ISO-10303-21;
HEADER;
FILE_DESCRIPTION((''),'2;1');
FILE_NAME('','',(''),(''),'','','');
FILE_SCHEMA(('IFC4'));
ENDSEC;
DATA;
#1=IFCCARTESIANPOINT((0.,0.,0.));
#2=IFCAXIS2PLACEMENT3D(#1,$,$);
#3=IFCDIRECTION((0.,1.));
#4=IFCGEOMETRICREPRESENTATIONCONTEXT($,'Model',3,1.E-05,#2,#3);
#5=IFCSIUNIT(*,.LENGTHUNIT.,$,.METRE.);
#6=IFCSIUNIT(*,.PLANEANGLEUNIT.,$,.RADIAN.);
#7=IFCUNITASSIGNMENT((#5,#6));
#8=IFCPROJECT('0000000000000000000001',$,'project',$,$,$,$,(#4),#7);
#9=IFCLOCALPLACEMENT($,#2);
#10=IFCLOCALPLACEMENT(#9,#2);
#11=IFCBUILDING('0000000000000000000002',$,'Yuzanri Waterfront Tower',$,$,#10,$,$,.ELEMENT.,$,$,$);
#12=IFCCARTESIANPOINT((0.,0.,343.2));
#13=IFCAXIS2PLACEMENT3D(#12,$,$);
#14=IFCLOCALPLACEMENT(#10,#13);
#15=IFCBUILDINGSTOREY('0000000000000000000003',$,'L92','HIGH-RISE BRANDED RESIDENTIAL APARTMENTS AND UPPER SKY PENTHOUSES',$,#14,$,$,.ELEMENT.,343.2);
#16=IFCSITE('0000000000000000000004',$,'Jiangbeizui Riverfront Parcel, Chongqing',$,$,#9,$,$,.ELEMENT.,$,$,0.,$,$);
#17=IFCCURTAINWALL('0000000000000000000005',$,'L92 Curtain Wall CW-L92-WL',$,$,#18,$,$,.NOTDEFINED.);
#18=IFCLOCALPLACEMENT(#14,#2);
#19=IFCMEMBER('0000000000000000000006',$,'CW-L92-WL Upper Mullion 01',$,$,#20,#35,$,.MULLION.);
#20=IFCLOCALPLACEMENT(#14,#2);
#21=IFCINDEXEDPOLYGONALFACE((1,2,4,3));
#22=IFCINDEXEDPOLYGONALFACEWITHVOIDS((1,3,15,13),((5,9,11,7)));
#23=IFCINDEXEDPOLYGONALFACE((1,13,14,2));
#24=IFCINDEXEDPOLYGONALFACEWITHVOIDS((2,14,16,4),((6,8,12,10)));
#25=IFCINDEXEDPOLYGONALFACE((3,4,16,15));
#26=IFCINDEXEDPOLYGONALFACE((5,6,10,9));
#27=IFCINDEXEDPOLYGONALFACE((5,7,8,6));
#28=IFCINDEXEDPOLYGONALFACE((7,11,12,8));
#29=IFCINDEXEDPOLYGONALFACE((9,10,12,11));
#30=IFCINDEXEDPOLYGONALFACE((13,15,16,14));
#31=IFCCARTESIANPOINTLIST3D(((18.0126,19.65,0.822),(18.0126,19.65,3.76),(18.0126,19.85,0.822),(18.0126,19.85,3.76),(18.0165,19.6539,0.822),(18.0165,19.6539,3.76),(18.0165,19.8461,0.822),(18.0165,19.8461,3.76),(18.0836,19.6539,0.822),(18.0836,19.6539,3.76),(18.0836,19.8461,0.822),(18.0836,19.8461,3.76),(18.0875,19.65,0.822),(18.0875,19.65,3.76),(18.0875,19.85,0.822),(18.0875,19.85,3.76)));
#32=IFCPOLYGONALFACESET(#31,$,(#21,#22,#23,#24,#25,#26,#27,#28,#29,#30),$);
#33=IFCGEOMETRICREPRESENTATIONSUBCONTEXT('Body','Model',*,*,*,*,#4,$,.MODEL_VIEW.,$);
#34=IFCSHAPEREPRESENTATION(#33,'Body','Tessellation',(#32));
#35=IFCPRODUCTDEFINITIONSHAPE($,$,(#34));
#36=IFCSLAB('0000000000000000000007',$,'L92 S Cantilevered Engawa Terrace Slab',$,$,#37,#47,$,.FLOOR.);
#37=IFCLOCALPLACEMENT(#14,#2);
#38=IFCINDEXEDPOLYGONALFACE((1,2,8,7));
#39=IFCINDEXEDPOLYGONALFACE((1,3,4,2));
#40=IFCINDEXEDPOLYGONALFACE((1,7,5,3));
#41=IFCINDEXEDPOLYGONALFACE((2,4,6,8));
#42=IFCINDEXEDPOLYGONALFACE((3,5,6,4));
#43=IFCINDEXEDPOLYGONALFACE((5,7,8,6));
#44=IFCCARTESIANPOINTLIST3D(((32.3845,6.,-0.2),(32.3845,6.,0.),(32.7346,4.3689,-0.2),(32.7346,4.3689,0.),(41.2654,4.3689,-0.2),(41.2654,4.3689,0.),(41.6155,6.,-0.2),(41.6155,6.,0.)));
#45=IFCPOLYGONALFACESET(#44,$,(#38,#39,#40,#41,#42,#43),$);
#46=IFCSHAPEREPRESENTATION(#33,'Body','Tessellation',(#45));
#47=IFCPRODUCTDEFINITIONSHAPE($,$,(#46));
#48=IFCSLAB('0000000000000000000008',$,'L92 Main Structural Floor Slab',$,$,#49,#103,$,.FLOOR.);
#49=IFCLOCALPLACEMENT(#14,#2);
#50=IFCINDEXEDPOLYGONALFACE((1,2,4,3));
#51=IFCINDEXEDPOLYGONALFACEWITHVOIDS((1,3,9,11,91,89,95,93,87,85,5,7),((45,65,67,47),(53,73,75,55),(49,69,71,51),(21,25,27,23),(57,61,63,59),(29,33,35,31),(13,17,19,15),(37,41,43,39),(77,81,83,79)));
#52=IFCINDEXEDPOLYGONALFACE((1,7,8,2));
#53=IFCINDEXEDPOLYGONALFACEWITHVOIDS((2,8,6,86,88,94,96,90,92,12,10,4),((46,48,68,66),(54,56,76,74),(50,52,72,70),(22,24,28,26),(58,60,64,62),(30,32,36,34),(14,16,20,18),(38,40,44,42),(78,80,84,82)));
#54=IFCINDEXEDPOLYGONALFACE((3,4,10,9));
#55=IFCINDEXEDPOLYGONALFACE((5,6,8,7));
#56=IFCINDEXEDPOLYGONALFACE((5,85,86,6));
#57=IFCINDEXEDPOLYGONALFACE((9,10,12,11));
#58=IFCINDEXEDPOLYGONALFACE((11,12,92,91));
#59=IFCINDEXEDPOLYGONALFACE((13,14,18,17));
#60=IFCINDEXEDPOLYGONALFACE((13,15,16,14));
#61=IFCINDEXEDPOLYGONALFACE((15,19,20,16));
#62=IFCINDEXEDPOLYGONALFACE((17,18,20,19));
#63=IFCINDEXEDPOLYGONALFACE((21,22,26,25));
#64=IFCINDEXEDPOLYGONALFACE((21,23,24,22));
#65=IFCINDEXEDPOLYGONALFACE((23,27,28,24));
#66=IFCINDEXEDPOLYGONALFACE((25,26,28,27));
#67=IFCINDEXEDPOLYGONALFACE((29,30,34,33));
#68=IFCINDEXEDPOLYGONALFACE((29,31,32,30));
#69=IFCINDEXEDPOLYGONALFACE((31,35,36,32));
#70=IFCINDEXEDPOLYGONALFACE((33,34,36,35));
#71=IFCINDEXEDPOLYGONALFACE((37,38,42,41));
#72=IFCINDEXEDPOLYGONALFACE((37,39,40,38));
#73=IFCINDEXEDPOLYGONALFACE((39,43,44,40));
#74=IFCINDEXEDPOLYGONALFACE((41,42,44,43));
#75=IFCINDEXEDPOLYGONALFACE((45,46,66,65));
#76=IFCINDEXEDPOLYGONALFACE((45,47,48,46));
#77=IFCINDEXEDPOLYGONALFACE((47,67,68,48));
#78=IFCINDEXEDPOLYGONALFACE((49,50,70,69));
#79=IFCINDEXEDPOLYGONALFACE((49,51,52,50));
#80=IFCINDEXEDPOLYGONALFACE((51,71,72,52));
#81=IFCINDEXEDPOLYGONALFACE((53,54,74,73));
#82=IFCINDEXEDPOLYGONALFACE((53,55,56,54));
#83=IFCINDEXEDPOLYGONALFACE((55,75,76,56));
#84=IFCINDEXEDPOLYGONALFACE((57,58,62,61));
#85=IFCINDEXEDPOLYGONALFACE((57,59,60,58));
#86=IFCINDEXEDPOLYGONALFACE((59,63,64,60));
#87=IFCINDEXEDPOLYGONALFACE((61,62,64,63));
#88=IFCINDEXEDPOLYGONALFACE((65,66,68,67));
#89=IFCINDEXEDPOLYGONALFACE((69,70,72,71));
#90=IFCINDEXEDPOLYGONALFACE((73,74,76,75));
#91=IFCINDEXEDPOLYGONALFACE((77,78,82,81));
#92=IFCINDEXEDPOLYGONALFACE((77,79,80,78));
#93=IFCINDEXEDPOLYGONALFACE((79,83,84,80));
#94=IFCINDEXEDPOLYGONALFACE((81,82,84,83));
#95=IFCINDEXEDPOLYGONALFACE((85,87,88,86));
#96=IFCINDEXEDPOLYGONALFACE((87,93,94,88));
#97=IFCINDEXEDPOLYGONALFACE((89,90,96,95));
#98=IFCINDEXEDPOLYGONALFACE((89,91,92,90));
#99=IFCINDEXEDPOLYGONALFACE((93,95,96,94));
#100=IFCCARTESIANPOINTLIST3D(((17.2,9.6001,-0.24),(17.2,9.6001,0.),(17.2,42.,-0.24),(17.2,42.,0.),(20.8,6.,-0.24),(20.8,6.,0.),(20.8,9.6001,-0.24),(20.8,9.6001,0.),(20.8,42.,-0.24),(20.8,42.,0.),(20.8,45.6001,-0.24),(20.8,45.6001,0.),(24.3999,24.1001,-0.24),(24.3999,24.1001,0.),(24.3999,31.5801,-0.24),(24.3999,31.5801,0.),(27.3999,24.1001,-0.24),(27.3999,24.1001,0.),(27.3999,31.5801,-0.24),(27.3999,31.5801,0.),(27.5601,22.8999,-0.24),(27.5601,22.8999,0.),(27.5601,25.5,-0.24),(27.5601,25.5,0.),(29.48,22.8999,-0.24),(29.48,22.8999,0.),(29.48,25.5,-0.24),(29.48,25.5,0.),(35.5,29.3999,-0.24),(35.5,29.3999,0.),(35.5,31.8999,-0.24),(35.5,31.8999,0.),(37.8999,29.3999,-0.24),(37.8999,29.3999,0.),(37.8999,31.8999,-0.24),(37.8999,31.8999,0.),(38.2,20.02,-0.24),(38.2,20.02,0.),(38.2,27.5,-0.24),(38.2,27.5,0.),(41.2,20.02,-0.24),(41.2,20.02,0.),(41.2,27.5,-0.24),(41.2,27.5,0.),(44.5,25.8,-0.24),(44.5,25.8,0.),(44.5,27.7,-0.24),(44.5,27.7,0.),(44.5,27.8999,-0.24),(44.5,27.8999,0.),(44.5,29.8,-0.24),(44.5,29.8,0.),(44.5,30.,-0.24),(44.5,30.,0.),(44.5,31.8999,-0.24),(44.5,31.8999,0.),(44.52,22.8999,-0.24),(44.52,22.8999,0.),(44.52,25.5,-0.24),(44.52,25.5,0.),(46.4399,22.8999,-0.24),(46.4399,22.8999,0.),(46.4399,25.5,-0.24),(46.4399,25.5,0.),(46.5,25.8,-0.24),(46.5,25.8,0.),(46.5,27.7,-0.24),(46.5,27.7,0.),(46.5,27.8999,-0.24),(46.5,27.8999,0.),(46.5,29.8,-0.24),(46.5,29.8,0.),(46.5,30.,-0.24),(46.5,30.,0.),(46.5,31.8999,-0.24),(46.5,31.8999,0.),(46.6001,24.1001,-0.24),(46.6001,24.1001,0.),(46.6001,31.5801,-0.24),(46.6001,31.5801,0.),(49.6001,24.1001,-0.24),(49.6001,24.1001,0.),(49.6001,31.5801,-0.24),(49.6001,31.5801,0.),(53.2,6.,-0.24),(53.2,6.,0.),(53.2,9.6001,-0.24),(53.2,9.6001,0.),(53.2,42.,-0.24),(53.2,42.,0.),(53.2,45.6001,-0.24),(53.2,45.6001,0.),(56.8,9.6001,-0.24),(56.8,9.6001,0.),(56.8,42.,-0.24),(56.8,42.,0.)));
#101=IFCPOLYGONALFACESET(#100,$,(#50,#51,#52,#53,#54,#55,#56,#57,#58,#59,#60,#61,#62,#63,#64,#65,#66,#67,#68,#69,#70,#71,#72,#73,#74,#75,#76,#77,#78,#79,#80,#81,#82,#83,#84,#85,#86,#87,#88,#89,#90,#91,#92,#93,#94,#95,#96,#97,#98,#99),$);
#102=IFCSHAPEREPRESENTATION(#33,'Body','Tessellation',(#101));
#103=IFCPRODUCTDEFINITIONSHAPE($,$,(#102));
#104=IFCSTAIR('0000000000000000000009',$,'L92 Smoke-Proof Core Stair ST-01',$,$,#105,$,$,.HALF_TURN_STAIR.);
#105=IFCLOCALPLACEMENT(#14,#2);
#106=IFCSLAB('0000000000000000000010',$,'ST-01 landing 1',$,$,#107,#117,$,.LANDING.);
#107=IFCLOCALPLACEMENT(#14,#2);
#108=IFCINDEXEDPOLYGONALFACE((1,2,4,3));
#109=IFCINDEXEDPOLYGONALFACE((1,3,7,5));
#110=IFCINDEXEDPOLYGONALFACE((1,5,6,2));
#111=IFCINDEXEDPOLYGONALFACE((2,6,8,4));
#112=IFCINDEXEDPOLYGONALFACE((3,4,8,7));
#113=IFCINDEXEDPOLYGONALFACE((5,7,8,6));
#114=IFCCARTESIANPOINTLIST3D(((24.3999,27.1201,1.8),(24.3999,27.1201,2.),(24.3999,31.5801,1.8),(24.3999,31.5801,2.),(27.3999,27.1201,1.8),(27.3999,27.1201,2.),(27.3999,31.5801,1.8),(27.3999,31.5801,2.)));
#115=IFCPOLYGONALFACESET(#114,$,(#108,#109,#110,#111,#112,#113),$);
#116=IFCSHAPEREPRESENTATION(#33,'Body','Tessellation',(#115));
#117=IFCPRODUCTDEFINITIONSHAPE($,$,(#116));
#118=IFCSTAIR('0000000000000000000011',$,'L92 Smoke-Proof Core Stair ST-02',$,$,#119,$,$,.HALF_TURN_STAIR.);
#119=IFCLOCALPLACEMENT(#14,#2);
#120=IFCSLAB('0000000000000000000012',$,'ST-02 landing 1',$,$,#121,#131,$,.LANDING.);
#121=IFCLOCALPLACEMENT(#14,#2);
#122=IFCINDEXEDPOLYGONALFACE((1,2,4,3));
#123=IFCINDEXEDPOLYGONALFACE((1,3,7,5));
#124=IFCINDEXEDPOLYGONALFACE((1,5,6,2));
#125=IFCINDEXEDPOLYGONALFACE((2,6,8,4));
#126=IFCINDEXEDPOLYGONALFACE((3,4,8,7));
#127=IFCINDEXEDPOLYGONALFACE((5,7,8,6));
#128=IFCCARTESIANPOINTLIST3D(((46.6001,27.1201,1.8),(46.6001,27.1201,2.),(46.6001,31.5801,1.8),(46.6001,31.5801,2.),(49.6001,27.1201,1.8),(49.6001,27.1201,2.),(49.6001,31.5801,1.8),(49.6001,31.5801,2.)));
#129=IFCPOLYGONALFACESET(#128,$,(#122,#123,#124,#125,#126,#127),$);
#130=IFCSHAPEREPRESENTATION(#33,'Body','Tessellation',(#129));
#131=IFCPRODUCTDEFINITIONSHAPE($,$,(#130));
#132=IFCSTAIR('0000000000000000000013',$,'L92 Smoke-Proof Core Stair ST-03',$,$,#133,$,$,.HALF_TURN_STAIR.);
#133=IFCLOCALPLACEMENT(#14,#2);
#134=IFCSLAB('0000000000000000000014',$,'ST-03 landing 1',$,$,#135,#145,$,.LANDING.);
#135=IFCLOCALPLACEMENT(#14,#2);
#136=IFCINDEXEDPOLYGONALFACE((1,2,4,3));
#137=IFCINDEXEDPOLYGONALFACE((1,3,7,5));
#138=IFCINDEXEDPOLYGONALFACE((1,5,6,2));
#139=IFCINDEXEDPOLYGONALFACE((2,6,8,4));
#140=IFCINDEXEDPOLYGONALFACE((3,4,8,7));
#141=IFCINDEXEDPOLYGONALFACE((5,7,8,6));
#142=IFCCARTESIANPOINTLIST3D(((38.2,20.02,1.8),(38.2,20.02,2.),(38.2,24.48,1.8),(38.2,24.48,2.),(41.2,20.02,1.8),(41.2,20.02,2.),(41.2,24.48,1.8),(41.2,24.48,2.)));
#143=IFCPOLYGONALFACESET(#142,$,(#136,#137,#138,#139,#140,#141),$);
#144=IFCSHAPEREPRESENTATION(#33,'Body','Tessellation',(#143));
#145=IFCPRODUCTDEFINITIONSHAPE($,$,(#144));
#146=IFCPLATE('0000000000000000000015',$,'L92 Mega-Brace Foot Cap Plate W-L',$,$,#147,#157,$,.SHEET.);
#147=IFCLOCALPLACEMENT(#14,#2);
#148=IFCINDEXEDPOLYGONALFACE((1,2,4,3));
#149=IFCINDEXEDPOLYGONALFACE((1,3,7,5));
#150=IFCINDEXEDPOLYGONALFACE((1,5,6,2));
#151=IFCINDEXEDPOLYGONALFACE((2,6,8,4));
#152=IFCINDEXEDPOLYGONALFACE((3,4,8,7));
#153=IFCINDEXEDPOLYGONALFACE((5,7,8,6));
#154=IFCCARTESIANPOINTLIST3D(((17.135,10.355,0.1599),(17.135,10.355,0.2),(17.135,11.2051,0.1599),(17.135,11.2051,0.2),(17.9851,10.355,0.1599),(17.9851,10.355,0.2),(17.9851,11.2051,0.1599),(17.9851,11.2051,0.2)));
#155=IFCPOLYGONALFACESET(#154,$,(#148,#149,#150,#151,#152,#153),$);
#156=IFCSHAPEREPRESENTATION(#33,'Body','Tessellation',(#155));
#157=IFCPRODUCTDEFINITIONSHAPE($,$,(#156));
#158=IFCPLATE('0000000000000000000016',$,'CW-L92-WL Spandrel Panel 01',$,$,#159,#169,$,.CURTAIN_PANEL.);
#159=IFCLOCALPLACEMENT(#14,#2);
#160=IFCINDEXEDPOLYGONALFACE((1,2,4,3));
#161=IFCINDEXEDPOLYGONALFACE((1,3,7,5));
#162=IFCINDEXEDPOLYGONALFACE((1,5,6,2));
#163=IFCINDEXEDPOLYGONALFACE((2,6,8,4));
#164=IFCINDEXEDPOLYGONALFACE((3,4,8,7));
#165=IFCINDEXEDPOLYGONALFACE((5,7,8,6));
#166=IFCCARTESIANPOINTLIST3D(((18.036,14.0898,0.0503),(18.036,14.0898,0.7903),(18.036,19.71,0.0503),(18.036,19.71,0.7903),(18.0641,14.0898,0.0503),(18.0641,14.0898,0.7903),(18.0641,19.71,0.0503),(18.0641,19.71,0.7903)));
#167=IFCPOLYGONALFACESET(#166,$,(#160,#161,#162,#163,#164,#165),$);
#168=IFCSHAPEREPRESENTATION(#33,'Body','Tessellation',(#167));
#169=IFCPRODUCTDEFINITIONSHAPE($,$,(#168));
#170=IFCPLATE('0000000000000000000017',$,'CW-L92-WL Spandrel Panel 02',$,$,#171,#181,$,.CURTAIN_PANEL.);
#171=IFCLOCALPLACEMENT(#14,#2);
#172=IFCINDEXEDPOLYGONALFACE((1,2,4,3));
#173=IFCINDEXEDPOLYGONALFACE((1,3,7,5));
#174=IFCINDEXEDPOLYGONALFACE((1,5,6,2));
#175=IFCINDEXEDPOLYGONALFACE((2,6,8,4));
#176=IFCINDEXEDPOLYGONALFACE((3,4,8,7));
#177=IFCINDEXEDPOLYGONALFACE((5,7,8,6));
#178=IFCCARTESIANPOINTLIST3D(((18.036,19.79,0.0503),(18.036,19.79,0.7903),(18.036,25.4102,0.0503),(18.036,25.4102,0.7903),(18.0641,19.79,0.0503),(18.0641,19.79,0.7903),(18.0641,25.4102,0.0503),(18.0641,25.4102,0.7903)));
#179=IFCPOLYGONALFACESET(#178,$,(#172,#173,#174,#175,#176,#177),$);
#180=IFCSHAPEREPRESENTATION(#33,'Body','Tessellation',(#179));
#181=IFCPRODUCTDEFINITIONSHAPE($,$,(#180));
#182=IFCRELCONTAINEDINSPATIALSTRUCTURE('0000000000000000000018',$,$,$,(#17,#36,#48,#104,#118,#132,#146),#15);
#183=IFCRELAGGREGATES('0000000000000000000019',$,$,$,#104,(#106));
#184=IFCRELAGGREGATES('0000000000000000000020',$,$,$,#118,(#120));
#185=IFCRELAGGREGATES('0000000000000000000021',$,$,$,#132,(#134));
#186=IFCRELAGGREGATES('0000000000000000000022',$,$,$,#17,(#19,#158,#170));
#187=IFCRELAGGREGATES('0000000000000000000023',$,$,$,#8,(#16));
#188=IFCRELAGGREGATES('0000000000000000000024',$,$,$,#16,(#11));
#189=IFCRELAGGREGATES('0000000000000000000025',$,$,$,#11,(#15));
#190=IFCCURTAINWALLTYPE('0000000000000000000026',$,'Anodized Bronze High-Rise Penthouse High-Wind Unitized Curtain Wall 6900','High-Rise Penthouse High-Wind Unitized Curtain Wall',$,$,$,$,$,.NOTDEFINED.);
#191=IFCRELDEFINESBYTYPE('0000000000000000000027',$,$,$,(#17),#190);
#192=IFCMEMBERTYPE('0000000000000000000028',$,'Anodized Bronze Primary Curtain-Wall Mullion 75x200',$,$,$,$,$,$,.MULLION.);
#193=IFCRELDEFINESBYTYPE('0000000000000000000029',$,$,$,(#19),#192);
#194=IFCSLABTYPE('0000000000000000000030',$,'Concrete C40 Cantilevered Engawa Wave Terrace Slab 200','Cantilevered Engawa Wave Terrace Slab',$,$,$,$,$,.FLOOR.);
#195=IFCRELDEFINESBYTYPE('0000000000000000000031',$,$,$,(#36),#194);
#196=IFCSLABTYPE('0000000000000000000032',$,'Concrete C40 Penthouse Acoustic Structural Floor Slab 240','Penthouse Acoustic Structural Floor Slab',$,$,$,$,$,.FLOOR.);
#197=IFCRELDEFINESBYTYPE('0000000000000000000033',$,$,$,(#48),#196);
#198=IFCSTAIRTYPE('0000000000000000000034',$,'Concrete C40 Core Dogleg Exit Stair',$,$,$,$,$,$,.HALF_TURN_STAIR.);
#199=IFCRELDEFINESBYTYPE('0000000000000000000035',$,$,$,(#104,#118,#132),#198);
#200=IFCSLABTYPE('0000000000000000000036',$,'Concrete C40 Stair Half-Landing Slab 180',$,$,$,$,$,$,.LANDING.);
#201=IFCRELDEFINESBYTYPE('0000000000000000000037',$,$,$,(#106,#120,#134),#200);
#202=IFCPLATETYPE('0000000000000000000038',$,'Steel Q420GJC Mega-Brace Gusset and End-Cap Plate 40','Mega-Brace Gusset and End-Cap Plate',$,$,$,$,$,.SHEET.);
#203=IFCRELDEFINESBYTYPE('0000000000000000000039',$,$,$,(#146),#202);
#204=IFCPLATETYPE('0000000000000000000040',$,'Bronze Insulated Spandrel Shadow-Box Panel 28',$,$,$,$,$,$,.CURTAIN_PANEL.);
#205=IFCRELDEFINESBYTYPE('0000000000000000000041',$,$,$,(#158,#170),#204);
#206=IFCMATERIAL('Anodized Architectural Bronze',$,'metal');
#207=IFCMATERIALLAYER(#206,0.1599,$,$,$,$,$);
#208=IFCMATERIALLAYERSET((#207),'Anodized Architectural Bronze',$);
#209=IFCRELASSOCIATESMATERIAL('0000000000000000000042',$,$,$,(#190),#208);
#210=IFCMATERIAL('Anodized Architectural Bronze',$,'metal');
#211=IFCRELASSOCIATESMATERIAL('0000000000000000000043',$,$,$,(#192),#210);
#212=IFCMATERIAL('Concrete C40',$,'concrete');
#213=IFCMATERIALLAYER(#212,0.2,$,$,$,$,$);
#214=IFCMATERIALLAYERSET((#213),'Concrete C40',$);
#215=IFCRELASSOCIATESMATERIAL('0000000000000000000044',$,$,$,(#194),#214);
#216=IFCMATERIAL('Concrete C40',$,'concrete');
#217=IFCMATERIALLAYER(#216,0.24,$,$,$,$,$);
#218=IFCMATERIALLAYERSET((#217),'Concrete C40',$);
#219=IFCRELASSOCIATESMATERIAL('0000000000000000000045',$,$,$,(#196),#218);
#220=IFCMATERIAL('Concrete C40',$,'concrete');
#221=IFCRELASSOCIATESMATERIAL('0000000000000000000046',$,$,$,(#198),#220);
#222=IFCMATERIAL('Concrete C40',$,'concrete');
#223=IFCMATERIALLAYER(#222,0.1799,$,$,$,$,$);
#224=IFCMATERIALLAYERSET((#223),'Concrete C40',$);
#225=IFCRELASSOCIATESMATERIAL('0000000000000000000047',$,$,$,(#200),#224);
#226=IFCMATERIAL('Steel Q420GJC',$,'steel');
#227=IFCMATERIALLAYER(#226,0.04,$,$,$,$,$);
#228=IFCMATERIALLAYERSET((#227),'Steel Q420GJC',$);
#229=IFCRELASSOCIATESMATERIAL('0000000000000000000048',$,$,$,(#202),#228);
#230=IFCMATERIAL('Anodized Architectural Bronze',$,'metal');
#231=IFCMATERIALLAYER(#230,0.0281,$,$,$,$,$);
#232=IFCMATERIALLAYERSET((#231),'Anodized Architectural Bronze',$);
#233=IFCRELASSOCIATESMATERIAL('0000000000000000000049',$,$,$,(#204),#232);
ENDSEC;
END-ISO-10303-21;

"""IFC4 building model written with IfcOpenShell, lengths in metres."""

from ifc_helpers import new_model, si_unit, direction, frame, origin, origin_2d, place, context, subcontext, project, spatial, polyline, rectangle, hollow_rectangle, outline, extrude, source, transform, mapped, material, layer, layer_set, material_profile, profile_set, type_object, element, aggregate, save


model = new_model("IFC4")

# Units and contexts
model_context = context("Model", 3, precision=1e-05, world=origin(), true_north=direction((0.0, 1.0)))
body_context = subcontext(model_context, "Body", "Model", "MODEL_VIEW")
ifc_project = project(units=[si_unit("LENGTHUNIT", "METRE"), si_unit("PLANEANGLEUNIT", "RADIAN")], contexts=[model_context])

# Site, building, storey
site_placement = place(None, origin())
site = spatial("IfcSite", under=ifc_project, at=site_placement, Name="Jiangbeizui Riverfront Parcel, Chongqing", CompositionType="ELEMENT", RefElevation=0.0)
building_placement = place(site_placement, origin())
building = spatial("IfcBuilding", under=site, at=building_placement, Name="Yuzanri Waterfront Tower", CompositionType="ELEMENT")
storey_placement = place(building_placement, frame((0.0, 0.0, 343.2)))
storey = spatial("IfcBuildingStorey", under=building, at=storey_placement, Name="L92", Description="HIGH-RISE BRANDED RESIDENTIAL APARTMENTS AND UPPER SKY PENTHOUSES", CompositionType="ELEMENT", Elevation=343.2)

# Curtain wall, member
ifc_material_1 = material(Name="Anodized Architectural Bronze", Category="metal")
ifc_layer_1 = layer(ifc_material_1, 0.1599)
ifc_layer_set_1 = layer_set([ifc_layer_1], Name="Anodized Architectural Bronze")
curtain_wall_type = type_object("IfcCurtainWallType", Name="Anodized Bronze High-Rise Penthouse High-Wind Unitized Curtain Wall 6900", Description="High-Rise Penthouse High-Wind Unitized Curtain Wall", PredefinedType="NOTDEFINED", material=ifc_layer_set_1)
curtain_wall_placement = place(storey_placement, origin())
curtain_wall = element("IfcCurtainWall", 1, at=curtain_wall_placement, inside=storey, type_object=curtain_wall_type, Name="L92 Curtain Wall CW-L92-WL", PredefinedType="NOTDEFINED")
ifc_material_2 = material(Name="Anodized Architectural Bronze", Category="metal")
ifc_material_profile_1 = material_profile(ifc_material_2, hollow_rectangle(XDim=0.075, YDim=0.2, WallThickness=0.0039, at=origin_2d()), Name="CWM 75x200")
ifc_profile_set_1 = profile_set([ifc_material_profile_1], Name="Anodized Architectural Bronze")
member_type_1 = type_object("IfcMemberType", Name="Anodized Bronze Primary Curtain-Wall Mullion 75x200", PredefinedType="MULLION", material=ifc_profile_set_1)
shared_shape_1 = source(origin(), body_context, "Body", "SweptSolid", [
    extrude(hollow_rectangle(XDim=0.075, YDim=0.2, WallThickness=0.0039, at=origin_2d()), origin(), (0.0, 0.0, 1.0), 2.938),
])
member_1_placement = place(storey_placement, frame((18.05, 19.75, 0.822), z_axis=(0.0, 0.0, 1.0), x_axis=(1.0, 0.0, 0.0)))
member_1 = element("IfcMember", 2, at=member_1_placement, type_object=member_type_1, Name="CW-L92-WL Upper Mullion 01", PredefinedType="MULLION", context=body_context, shape_type="MappedRepresentation", body=[
    mapped(shared_shape_1, transform((0.0, 0.0, 0.0), scale=1.0)),
])

# Slabs
ifc_material_3 = material(Name="Concrete C40", Category="concrete")
ifc_layer_2 = layer(ifc_material_3, 0.2)
ifc_layer_set_2 = layer_set([ifc_layer_2], Name="Concrete C40")
slab_type_1 = type_object("IfcSlabType", Name="Concrete C40 Cantilevered Engawa Wave Terrace Slab 200", Description="Cantilevered Engawa Wave Terrace Slab", PredefinedType="FLOOR", material=ifc_layer_set_2)
slab_1_placement = place(storey_placement, frame((0.0, 0.0, -0.2)))
element("IfcSlab", 3, at=slab_1_placement, inside=storey, type_object=slab_type_1, Name="L92 S Cantilevered Engawa Terrace Slab", PredefinedType="FLOOR", context=body_context, shape_type="SweptSolid", body=[
    extrude(outline(polyline([(32.3845, 6.0), (41.6155, 6.0), (41.2654, 4.3689), (32.7346, 4.3689), (32.3845, 6.0)])), origin(), (0.0, 0.0, 1.0), 0.2),
])
ifc_material_4 = material(Name="Concrete C40", Category="concrete")
ifc_layer_3 = layer(ifc_material_4, 0.24)
ifc_layer_set_3 = layer_set([ifc_layer_3], Name="Concrete C40")
slab_type_2 = type_object("IfcSlabType", Name="Concrete C40 Penthouse Acoustic Structural Floor Slab 240", Description="Penthouse Acoustic Structural Floor Slab", PredefinedType="FLOOR", material=ifc_layer_set_3)
slab_2_placement = place(storey_placement, frame((0.0, 0.0, -0.24)))
element("IfcSlab", 4, at=slab_2_placement, inside=storey, type_object=slab_type_2, Name="L92 Main Structural Floor Slab", PredefinedType="FLOOR", context=body_context, shape_type="SweptSolid", body=[
    extrude(outline(polyline([(20.8, 6.0), (53.2, 6.0), (53.2, 9.6001), (56.8, 9.6001), (56.8, 42.0), (53.2, 42.0), (53.2, 45.6001), (20.8, 45.6001), (20.8, 42.0), (17.2, 42.0), (17.2, 9.6001), (20.8, 9.6001), (20.8, 6.0)]), holes=[polyline([(27.3999, 24.1001), (27.3999, 31.5801), (24.3999, 31.5801), (24.3999, 24.1001), (27.3999, 24.1001)]), polyline([(49.6001, 24.1001), (49.6001, 31.5801), (46.6001, 31.5801), (46.6001, 24.1001), (49.6001, 24.1001)]), polyline([(38.2, 27.5), (38.2, 20.02), (41.2, 20.02), (41.2, 27.5), (38.2, 27.5)]), polyline([(27.5601, 22.8999), (29.48, 22.8999), (29.48, 25.5), (27.5601, 25.5), (27.5601, 22.8999)]), polyline([(44.52, 22.8999), (46.4399, 22.8999), (46.4399, 25.5), (44.52, 25.5), (44.52, 22.8999)]), polyline([(35.5, 29.3999), (37.8999, 29.3999), (37.8999, 31.8999), (35.5, 31.8999), (35.5, 29.3999)]), polyline([(44.5, 25.8), (46.5, 25.8), (46.5, 27.7), (44.5, 27.7), (44.5, 25.8)]), polyline([(44.5, 27.8999), (46.5, 27.8999), (46.5, 29.8), (44.5, 29.8), (44.5, 27.8999)]), polyline([(44.5, 30.0), (46.5, 30.0), (46.5, 31.8999), (44.5, 31.8999), (44.5, 30.0)])]), origin(), (0.0, 0.0, 1.0), 0.24),
])

# Stairs, slabs
ifc_material_5 = material(Name="Concrete C40", Category="concrete")
stair_type = type_object("IfcStairType", Name="Concrete C40 Core Dogleg Exit Stair", PredefinedType="HALF_TURN_STAIR", material=ifc_material_5)
stair_1_placement = place(storey_placement, origin())
stair_1 = element("IfcStair", 5, at=stair_1_placement, inside=storey, type_object=stair_type, Name="L92 Smoke-Proof Core Stair ST-01", PredefinedType="HALF_TURN_STAIR")
ifc_material_6 = material(Name="Concrete C40", Category="concrete")
ifc_layer_4 = layer(ifc_material_6, 0.1799)
ifc_layer_set_4 = layer_set([ifc_layer_4], Name="Concrete C40")
slab_type_3 = type_object("IfcSlabType", Name="Concrete C40 Stair Half-Landing Slab 180", PredefinedType="LANDING", material=ifc_layer_set_4)
slab_3_placement = place(storey_placement, frame((0.0, 0.0, 1.8)))
slab_3 = element("IfcSlab", 6, at=slab_3_placement, type_object=slab_type_3, Name="ST-01 landing 1", PredefinedType="LANDING", context=body_context, shape_type="SweptSolid", body=[
    extrude(outline(polyline([(27.3999, 27.1201), (27.3999, 31.5801), (24.3999, 31.5801), (24.3999, 27.1201), (27.3999, 27.1201)])), origin(), (0.0, 0.0, 1.0), 0.2),
])
aggregate(stair_1, [slab_3])
stair_2_placement = place(storey_placement, origin())
stair_2 = element("IfcStair", 7, at=stair_2_placement, inside=storey, type_object=stair_type, Name="L92 Smoke-Proof Core Stair ST-02", PredefinedType="HALF_TURN_STAIR")
slab_4_placement = place(storey_placement, frame((0.0, 0.0, 1.8)))
slab_4 = element("IfcSlab", 8, at=slab_4_placement, type_object=slab_type_3, Name="ST-02 landing 1", PredefinedType="LANDING", context=body_context, shape_type="SweptSolid", body=[
    extrude(outline(polyline([(49.6001, 27.1201), (49.6001, 31.5801), (46.6001, 31.5801), (46.6001, 27.1201), (49.6001, 27.1201)])), origin(), (0.0, 0.0, 1.0), 0.2),
])
aggregate(stair_2, [slab_4])
stair_3_placement = place(storey_placement, origin())
stair_3 = element("IfcStair", 9, at=stair_3_placement, inside=storey, type_object=stair_type, Name="L92 Smoke-Proof Core Stair ST-03", PredefinedType="HALF_TURN_STAIR")
slab_5_placement = place(storey_placement, frame((0.0, 0.0, 1.8)))
slab_5 = element("IfcSlab", 10, at=slab_5_placement, type_object=slab_type_3, Name="ST-03 landing 1", PredefinedType="LANDING", context=body_context, shape_type="SweptSolid", body=[
    extrude(outline(polyline([(38.2, 24.48), (38.2, 20.02), (41.2, 20.02), (41.2, 24.48), (38.2, 24.48)])), origin(), (0.0, 0.0, 1.0), 0.2),
])
aggregate(stair_3, [slab_5])

# Plates
ifc_material_7 = material(Name="Steel Q420GJC", Category="steel")
ifc_layer_5 = layer(ifc_material_7, 0.04)
ifc_layer_set_5 = layer_set([ifc_layer_5], Name="Steel Q420GJC")
plate_type_1 = type_object("IfcPlateType", Name="Steel Q420GJC Mega-Brace Gusset and End-Cap Plate 40", Description="Mega-Brace Gusset and End-Cap Plate", PredefinedType="SHEET", material=ifc_layer_set_5)
shared_shape_2 = source(origin(), body_context, "Body", "SweptSolid", [
    extrude(rectangle(XDim=0.8501, YDim=0.8501, at=origin_2d()), origin(), (0.0, 0.0, 1.0), 0.04),
])
plate_1_placement = place(storey_placement, frame((17.5601, 10.78, 0.1599), z_axis=(0.0, 0.0, 1.0), x_axis=(1.0, 0.0, 0.0)))
element("IfcPlate", 11, at=plate_1_placement, inside=storey, type_object=plate_type_1, Name="L92 Mega-Brace Foot Cap Plate W-L", PredefinedType="SHEET", context=body_context, shape_type="MappedRepresentation", body=[
    mapped(shared_shape_2, transform((0.0, 0.0, 0.0), scale=1.0)),
])
ifc_material_8 = material(Name="Anodized Architectural Bronze", Category="metal")
ifc_layer_6 = layer(ifc_material_8, 0.0281)
ifc_layer_set_6 = layer_set([ifc_layer_6], Name="Anodized Architectural Bronze")
plate_type_2 = type_object("IfcPlateType", Name="Bronze Insulated Spandrel Shadow-Box Panel 28", PredefinedType="CURTAIN_PANEL", material=ifc_layer_set_6)
shared_shape_3 = source(origin(), body_context, "Body", "SweptSolid", [
    extrude(rectangle(XDim=5.6201, YDim=0.0281, at=origin_2d()), origin(), (0.0, 0.0, 1.0), 0.74),
])
plate_2_placement = place(storey_placement, frame((18.05, 16.8999, 0.0503), z_axis=(0.0, 0.0, 1.0), x_axis=(0.0, 1.0, 0.0)))
plate_2 = element("IfcPlate", 12, at=plate_2_placement, type_object=plate_type_2, Name="CW-L92-WL Spandrel Panel 01", PredefinedType="CURTAIN_PANEL", context=body_context, shape_type="MappedRepresentation", body=[
    mapped(shared_shape_3, transform((0.0, 0.0, 0.0), scale=1.0)),
])
plate_3_placement = place(storey_placement, frame((18.05, 22.6001, 0.0503), z_axis=(0.0, 0.0, 1.0), x_axis=(0.0, 1.0, 0.0)))
plate_3 = element("IfcPlate", 13, at=plate_3_placement, type_object=plate_type_2, Name="CW-L92-WL Spandrel Panel 02", PredefinedType="CURTAIN_PANEL", context=body_context, shape_type="MappedRepresentation", body=[
    mapped(shared_shape_3, transform((0.0, 0.0, 0.0), scale=1.0)),
])
aggregate(curtain_wall, [member_1, plate_2, plate_3])

save(model, "model.ifc")
